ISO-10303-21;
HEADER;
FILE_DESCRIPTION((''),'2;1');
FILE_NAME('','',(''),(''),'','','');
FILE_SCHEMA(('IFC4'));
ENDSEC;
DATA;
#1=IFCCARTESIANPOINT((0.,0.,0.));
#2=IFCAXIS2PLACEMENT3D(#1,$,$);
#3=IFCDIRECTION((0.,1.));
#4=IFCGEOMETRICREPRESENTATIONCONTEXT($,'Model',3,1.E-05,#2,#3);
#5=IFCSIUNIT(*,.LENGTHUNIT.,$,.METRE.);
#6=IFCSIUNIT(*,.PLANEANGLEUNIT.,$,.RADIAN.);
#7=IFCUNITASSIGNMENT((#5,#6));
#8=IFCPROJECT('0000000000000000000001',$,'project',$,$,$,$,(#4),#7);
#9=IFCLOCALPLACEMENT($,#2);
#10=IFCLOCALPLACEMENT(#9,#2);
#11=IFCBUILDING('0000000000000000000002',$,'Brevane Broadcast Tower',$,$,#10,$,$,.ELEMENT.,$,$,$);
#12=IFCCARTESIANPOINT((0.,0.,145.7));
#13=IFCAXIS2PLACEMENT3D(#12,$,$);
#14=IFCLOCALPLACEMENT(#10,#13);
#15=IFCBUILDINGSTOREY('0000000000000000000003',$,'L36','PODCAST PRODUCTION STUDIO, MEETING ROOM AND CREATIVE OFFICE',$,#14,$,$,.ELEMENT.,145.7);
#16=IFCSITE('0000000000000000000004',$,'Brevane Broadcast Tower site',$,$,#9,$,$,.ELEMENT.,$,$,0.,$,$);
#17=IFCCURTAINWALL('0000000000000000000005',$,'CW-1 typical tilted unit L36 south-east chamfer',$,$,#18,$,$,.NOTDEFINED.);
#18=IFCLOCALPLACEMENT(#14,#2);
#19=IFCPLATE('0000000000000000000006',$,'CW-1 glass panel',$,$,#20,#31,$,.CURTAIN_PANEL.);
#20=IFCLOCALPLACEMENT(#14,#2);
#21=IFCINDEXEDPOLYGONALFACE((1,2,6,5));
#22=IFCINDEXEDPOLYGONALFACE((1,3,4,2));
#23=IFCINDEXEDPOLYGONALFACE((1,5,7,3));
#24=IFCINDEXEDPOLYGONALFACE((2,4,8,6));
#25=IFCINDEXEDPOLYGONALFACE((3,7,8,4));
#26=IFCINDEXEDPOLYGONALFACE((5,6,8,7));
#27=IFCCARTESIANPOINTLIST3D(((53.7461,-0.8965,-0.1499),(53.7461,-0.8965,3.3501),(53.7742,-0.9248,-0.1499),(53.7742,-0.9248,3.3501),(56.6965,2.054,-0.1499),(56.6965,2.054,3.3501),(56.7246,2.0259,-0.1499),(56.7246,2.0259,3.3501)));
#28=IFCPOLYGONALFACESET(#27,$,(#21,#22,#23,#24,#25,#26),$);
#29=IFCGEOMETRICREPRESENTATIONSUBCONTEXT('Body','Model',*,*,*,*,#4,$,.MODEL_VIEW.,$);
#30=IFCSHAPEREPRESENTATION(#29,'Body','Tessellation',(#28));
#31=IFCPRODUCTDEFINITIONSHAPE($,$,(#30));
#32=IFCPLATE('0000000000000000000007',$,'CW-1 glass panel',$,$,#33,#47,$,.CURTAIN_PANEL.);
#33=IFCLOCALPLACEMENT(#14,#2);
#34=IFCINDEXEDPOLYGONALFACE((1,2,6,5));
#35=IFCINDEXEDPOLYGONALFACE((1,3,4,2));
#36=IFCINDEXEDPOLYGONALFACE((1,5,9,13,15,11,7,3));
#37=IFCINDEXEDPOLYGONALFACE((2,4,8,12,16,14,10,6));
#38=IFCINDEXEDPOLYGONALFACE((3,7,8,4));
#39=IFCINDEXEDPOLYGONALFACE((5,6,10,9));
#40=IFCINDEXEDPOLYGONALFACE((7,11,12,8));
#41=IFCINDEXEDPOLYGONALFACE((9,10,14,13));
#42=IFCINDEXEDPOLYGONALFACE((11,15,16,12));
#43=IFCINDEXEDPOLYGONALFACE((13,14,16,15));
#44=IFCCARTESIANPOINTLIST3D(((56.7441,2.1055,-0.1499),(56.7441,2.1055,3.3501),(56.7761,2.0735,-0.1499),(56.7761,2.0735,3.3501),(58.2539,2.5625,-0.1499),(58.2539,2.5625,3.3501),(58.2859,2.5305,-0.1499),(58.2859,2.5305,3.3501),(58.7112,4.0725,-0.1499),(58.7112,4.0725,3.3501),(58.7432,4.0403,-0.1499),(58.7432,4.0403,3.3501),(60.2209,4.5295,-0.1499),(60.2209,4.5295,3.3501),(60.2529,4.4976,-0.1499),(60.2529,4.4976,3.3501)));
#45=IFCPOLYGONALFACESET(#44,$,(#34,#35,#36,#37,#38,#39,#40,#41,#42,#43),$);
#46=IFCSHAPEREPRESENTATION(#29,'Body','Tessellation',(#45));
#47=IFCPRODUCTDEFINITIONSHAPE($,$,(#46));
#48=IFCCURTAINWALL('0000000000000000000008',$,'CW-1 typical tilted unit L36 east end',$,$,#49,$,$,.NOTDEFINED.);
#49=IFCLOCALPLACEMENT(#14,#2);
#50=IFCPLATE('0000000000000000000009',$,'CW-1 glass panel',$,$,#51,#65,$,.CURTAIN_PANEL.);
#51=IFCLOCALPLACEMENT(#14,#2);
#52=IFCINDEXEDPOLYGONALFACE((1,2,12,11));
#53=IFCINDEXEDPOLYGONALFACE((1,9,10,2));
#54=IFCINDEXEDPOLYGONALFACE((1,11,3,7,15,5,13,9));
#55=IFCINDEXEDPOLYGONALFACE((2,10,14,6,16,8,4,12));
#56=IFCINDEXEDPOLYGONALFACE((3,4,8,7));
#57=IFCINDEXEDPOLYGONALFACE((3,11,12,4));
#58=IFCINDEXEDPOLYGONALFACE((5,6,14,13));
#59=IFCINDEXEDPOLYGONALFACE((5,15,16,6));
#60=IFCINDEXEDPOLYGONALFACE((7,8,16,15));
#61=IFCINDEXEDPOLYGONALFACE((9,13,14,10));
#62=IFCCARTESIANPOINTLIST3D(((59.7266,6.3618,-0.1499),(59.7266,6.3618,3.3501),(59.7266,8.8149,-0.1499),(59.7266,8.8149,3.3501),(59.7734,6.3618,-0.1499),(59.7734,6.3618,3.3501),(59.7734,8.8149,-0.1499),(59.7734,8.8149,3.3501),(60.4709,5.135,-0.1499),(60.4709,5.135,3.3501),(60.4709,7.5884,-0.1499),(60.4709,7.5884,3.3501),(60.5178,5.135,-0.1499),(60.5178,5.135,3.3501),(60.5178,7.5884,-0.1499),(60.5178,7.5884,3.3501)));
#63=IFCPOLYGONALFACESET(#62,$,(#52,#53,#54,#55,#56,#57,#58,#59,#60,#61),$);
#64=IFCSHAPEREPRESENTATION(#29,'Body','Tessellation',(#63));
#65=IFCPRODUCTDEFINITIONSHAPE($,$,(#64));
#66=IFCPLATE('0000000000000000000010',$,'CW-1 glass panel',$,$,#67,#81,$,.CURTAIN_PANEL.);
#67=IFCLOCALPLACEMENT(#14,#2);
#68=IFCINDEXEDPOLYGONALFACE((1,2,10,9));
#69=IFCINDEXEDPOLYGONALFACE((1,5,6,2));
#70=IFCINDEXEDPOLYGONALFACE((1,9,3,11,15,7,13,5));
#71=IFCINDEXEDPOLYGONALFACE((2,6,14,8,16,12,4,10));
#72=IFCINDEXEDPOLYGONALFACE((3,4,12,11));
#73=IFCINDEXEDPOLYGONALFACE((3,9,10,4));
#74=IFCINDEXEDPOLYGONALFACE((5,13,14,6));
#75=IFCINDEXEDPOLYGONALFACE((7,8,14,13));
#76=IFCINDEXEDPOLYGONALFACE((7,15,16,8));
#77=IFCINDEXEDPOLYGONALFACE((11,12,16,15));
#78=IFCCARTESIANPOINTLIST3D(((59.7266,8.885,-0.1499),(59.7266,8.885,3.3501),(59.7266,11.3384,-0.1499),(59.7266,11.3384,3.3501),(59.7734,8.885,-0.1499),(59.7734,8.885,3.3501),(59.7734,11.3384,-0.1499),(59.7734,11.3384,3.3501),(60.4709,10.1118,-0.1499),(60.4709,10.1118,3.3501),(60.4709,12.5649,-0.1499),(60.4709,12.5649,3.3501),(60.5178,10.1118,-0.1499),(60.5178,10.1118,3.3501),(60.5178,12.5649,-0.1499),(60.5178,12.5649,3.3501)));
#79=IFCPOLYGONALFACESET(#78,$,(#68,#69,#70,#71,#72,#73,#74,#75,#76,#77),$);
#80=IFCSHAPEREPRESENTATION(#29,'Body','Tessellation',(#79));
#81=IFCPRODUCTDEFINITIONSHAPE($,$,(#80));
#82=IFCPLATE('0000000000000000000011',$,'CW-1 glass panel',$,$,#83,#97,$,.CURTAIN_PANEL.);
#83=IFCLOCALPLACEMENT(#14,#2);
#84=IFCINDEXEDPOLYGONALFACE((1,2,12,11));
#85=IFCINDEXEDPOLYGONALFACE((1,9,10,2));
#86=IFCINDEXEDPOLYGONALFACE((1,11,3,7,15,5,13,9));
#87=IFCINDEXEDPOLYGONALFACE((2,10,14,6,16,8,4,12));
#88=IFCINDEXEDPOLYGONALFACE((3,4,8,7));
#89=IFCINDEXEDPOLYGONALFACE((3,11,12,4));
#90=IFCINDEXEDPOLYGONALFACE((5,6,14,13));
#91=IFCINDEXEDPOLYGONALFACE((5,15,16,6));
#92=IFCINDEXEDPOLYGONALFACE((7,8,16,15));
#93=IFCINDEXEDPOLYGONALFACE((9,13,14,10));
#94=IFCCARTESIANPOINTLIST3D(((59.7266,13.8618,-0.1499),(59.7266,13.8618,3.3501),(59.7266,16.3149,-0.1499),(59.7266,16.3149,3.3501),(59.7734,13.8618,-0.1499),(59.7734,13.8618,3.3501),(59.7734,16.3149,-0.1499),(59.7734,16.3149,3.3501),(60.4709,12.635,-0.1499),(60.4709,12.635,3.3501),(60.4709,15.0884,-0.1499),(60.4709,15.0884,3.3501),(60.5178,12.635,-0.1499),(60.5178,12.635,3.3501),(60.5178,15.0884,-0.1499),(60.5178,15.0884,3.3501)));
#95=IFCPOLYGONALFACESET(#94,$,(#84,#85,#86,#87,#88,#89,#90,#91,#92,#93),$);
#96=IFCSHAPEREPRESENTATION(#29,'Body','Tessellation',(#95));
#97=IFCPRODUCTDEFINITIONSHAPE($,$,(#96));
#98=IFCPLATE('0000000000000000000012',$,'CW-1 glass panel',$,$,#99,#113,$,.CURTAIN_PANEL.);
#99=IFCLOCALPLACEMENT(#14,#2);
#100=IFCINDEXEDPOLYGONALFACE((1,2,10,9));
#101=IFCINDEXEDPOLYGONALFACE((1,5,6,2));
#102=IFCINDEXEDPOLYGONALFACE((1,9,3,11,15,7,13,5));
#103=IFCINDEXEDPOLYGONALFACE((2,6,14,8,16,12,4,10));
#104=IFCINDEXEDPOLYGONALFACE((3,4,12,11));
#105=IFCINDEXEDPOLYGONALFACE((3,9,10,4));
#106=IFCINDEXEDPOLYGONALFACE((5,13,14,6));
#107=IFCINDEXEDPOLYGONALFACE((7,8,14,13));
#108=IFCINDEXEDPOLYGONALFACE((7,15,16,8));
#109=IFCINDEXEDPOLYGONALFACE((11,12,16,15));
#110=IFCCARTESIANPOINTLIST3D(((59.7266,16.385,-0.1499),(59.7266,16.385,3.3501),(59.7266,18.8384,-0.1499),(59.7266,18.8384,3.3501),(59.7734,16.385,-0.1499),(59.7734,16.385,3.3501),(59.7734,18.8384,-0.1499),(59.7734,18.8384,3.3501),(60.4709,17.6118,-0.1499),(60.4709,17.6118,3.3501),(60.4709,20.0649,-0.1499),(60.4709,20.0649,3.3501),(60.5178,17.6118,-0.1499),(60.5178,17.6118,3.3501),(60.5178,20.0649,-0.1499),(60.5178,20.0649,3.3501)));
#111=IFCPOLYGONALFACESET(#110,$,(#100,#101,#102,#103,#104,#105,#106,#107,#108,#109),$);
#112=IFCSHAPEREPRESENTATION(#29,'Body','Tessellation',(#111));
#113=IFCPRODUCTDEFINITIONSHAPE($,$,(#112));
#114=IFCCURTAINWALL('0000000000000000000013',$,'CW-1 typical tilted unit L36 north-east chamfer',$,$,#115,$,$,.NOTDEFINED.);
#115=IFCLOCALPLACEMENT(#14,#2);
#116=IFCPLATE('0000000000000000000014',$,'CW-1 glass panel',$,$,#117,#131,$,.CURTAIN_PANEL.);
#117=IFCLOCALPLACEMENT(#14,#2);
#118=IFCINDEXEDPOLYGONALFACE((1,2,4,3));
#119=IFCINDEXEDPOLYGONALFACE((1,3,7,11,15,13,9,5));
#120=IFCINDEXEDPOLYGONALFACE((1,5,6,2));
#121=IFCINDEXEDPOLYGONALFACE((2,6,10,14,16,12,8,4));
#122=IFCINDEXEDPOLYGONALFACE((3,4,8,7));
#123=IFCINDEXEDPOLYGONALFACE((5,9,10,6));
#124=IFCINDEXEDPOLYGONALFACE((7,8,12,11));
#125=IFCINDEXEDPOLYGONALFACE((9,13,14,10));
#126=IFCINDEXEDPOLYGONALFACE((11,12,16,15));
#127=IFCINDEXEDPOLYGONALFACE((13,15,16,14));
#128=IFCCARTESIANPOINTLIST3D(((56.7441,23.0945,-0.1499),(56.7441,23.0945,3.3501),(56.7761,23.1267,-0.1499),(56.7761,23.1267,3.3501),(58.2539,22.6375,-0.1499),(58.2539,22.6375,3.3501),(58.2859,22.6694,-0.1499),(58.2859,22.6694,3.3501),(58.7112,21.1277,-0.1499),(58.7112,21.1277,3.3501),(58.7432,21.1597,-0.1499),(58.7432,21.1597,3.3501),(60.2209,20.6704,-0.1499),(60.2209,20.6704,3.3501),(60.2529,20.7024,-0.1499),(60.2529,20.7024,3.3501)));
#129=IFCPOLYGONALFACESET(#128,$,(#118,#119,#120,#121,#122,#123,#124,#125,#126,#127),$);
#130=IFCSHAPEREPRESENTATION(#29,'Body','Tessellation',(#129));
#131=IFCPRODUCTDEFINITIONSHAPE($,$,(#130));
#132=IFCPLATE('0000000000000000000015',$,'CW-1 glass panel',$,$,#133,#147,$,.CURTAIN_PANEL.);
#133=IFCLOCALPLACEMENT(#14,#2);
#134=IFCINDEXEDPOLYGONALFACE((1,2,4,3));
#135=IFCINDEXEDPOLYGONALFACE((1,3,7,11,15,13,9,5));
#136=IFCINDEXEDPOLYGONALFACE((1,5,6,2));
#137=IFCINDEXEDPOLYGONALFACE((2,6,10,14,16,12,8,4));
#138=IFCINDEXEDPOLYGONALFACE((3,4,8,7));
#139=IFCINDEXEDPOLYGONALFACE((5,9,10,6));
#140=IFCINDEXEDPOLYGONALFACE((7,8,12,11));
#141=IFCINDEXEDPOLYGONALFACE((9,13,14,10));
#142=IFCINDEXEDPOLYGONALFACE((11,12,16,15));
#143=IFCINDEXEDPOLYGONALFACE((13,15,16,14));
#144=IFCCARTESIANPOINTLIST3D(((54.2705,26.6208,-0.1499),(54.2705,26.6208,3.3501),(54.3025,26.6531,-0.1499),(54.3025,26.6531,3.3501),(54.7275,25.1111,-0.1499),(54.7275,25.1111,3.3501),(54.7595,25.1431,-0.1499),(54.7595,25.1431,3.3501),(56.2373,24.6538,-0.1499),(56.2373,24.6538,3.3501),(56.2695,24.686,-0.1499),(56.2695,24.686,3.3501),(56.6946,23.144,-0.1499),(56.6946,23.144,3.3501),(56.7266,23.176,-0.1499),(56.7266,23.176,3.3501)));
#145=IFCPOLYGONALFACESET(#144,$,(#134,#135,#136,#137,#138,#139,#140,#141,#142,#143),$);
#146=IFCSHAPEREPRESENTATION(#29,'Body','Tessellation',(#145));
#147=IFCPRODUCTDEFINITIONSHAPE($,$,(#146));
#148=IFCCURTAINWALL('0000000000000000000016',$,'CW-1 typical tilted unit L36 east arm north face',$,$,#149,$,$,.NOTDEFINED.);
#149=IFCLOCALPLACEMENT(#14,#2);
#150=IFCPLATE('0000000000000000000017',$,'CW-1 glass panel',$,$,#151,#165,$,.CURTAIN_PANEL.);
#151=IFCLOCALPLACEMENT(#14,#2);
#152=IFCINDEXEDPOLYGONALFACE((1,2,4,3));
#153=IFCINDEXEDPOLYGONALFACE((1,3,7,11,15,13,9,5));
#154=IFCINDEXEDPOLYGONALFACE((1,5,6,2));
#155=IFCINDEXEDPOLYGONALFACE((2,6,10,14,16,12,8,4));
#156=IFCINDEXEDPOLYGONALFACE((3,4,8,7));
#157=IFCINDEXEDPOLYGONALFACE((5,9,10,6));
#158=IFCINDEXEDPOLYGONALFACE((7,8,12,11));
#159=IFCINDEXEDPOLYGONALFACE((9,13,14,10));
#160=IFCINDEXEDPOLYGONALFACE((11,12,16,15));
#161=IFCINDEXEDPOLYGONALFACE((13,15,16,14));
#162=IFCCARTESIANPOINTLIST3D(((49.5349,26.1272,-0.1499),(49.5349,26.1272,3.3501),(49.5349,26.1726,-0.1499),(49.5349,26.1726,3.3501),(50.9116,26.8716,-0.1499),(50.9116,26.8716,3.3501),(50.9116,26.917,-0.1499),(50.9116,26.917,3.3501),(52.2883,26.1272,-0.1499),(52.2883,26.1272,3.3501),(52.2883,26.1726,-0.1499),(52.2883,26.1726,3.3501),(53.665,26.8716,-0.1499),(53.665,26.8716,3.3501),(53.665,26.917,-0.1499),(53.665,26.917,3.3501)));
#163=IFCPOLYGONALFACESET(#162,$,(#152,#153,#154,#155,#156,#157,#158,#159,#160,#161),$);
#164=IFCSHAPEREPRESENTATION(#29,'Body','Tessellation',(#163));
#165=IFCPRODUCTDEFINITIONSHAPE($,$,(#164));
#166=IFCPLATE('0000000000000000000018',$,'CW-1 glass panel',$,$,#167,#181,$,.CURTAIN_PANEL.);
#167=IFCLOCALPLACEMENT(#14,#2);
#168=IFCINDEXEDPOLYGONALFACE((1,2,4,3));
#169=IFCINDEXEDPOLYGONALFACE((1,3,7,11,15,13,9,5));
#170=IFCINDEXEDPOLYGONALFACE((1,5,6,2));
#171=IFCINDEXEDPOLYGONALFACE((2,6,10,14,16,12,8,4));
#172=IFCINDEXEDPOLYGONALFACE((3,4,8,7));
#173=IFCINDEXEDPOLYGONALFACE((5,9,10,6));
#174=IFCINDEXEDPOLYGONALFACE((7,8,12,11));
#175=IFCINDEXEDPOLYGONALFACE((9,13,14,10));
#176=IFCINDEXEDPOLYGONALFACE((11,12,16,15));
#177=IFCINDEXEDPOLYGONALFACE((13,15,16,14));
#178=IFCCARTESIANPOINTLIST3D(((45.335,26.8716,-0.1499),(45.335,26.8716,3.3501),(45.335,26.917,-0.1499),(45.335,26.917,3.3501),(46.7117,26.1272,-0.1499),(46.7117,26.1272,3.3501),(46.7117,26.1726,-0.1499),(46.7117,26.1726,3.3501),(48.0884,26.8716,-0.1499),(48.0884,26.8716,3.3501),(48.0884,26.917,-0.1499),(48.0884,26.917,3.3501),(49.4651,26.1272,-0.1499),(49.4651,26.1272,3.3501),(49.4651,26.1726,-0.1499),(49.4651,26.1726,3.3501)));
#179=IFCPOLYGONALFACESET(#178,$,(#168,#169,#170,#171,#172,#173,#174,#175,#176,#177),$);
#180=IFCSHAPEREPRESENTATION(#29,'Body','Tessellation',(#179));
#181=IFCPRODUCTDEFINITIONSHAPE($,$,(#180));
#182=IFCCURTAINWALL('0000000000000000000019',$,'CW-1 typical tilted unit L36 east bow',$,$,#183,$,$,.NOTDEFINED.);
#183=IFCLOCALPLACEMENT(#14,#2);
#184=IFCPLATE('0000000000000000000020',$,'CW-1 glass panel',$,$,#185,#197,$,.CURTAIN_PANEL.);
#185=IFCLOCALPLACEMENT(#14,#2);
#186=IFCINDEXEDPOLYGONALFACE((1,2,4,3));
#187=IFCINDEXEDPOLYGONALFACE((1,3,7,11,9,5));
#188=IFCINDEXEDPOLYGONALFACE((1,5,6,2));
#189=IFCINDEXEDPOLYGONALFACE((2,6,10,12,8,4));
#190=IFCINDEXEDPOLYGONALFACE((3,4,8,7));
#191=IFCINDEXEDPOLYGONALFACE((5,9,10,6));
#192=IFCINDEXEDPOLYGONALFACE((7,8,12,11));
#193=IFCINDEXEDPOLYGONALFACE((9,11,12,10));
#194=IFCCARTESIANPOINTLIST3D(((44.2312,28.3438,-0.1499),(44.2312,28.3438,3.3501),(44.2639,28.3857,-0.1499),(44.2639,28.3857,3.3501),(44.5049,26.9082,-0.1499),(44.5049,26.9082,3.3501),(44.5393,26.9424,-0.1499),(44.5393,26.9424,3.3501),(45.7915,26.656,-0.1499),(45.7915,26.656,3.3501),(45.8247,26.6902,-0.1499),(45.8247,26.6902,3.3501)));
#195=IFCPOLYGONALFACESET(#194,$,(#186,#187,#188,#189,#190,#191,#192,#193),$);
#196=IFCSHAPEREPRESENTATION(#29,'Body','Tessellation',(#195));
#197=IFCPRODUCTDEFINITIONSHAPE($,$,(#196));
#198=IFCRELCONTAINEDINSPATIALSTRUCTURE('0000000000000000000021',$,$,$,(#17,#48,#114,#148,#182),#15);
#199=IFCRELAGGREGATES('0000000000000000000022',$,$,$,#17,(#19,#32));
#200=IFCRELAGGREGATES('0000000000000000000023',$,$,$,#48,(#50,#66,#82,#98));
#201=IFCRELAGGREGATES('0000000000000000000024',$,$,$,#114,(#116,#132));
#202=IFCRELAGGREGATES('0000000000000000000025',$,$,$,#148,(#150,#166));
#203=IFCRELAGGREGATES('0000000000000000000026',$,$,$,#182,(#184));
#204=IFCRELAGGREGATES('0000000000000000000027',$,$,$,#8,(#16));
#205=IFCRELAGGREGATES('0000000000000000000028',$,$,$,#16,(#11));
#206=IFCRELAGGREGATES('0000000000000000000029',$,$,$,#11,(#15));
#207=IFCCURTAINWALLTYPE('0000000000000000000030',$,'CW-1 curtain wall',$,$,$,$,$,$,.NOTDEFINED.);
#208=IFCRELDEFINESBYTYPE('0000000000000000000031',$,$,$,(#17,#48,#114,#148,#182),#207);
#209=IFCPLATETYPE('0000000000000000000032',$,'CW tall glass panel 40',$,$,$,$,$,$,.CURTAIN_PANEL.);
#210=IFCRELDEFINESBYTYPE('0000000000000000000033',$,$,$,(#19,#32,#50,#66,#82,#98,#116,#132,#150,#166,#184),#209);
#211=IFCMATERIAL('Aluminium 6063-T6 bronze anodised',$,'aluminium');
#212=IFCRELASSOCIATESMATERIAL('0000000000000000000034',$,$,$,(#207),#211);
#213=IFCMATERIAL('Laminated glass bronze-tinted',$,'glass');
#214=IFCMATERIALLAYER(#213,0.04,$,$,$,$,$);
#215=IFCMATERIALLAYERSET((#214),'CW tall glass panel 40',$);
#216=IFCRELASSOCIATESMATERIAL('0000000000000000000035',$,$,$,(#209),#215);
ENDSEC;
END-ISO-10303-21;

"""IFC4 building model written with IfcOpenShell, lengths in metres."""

from ifc_helpers import new_model, si_unit, direction, frame, origin, place, context, subcontext, project, spatial, polyline, outline, extrude, material, layer, layer_set, type_object, element, aggregate, save


model = new_model("IFC4")

# Units and contexts
model_context = context("Model", 3, precision=1e-05, world=origin(), true_north=direction((0.0, 1.0)))
body_context = subcontext(model_context, "Body", "Model", "MODEL_VIEW")
ifc_project = project(units=[si_unit("LENGTHUNIT", "METRE"), si_unit("PLANEANGLEUNIT", "RADIAN")], contexts=[model_context])

# Site, building, storey
site_placement = place(None, origin())
site = spatial("IfcSite", under=ifc_project, at=site_placement, Name="Brevane Broadcast Tower site", CompositionType="ELEMENT", RefElevation=0.0)
building_placement = place(site_placement, origin())
building = spatial("IfcBuilding", under=site, at=building_placement, Name="Brevane Broadcast Tower", CompositionType="ELEMENT")
storey_placement = place(building_placement, frame((0.0, 0.0, 145.7)))
storey = spatial("IfcBuildingStorey", under=building, at=storey_placement, Name="L36", Description="PODCAST PRODUCTION STUDIO, MEETING ROOM AND CREATIVE OFFICE", CompositionType="ELEMENT", Elevation=145.7)

# Curtain walls, plates
ifc_material_1 = material(Name="Aluminium 6063-T6 bronze anodised", Category="aluminium")
curtain_wall_type = type_object("IfcCurtainWallType", Name="CW-1 curtain wall", PredefinedType="NOTDEFINED", material=ifc_material_1)
ifc_material_2 = material(Name="Laminated glass bronze-tinted", Category="glass")
ifc_layer = layer(ifc_material_2, 0.04)
ifc_layer_set = layer_set([ifc_layer], Name="CW tall glass panel 40")
plate_type = type_object("IfcPlateType", Name="CW tall glass panel 40", PredefinedType="CURTAIN_PANEL", material=ifc_layer_set)
curtain_wall_1_placement = place(storey_placement, origin())
curtain_wall_1 = element("IfcCurtainWall", 1, at=curtain_wall_1_placement, inside=storey, type_object=curtain_wall_type, Name="CW-1 typical tilted unit L36 south-east chamfer", PredefinedType="NOTDEFINED")
plate_1_placement = place(storey_placement, frame((0.0, 0.0, -0.1499)))
plate_1 = element("IfcPlate", 2, at=plate_1_placement, type_object=plate_type, Name="CW-1 glass panel", PredefinedType="CURTAIN_PANEL", context=body_context, shape_type="SweptSolid", body=[
    extrude(outline(polyline([(53.7461, -0.8965), (56.6965, 2.054), (56.7246, 2.0259), (53.7742, -0.9248), (53.7461, -0.8965)])), origin(), (0.0, 0.0, 1.0), 3.5),
])
plate_2_placement = place(storey_placement, frame((0.0, 0.0, -0.1499)))
plate_2 = element("IfcPlate", 3, at=plate_2_placement, type_object=plate_type, Name="CW-1 glass panel", PredefinedType="CURTAIN_PANEL", context=body_context, shape_type="SweptSolid", body=[
    extrude(outline(polyline([(56.7441, 2.1055), (56.7761, 2.0735), (58.2859, 2.5305), (58.7432, 4.0403), (60.2529, 4.4976), (60.2209, 4.5295), (58.7112, 4.0725), (58.2539, 2.5625), (56.7441, 2.1055)])), origin(), (0.0, 0.0, 1.0), 3.5),
])
aggregate(curtain_wall_1, [plate_1, plate_2])
curtain_wall_2_placement = place(storey_placement, origin())
curtain_wall_2 = element("IfcCurtainWall", 4, at=curtain_wall_2_placement, inside=storey, type_object=curtain_wall_type, Name="CW-1 typical tilted unit L36 east end", PredefinedType="NOTDEFINED")
plate_3_placement = place(storey_placement, frame((0.0, 0.0, -0.1499)))
plate_3 = element("IfcPlate", 5, at=plate_3_placement, type_object=plate_type, Name="CW-1 glass panel", PredefinedType="CURTAIN_PANEL", context=body_context, shape_type="SweptSolid", body=[
    extrude(outline(polyline([(60.4709, 5.135), (60.5178, 5.135), (59.7734, 6.3618), (60.5178, 7.5884), (59.7734, 8.8149), (59.7266, 8.8149), (60.4709, 7.5884), (59.7266, 6.3618), (60.4709, 5.135)])), origin(), (0.0, 0.0, 1.0), 3.5),
])
plate_4_placement = place(storey_placement, frame((0.0, 0.0, -0.1499)))
plate_4 = element("IfcPlate", 6, at=plate_4_placement, type_object=plate_type, Name="CW-1 glass panel", PredefinedType="CURTAIN_PANEL", context=body_context, shape_type="SweptSolid", body=[
    extrude(outline(polyline([(59.7266, 8.885), (59.7734, 8.885), (60.5178, 10.1118), (59.7734, 11.3384), (60.5178, 12.5649), (60.4709, 12.5649), (59.7266, 11.3384), (60.4709, 10.1118), (59.7266, 8.885)])), origin(), (0.0, 0.0, 1.0), 3.5),
])
plate_5_placement = place(storey_placement, frame((0.0, 0.0, -0.1499)))
plate_5 = element("IfcPlate", 7, at=plate_5_placement, type_object=plate_type, Name="CW-1 glass panel", PredefinedType="CURTAIN_PANEL", context=body_context, shape_type="SweptSolid", body=[
    extrude(outline(polyline([(60.4709, 12.635), (60.5178, 12.635), (59.7734, 13.8618), (60.5178, 15.0884), (59.7734, 16.3149), (59.7266, 16.3149), (60.4709, 15.0884), (59.7266, 13.8618), (60.4709, 12.635)])), origin(), (0.0, 0.0, 1.0), 3.5),
])
plate_6_placement = place(storey_placement, frame((0.0, 0.0, -0.1499)))
plate_6 = element("IfcPlate", 8, at=plate_6_placement, type_object=plate_type, Name="CW-1 glass panel", PredefinedType="CURTAIN_PANEL", context=body_context, shape_type="SweptSolid", body=[
    extrude(outline(polyline([(59.7266, 16.385), (59.7734, 16.385), (60.5178, 17.6118), (59.7734, 18.8384), (60.5178, 20.0649), (60.4709, 20.0649), (59.7266, 18.8384), (60.4709, 17.6118), (59.7266, 16.385)])), origin(), (0.0, 0.0, 1.0), 3.5),
])
aggregate(curtain_wall_2, [plate_3, plate_4, plate_5, plate_6])
curtain_wall_3_placement = place(storey_placement, origin())
curtain_wall_3 = element("IfcCurtainWall", 9, at=curtain_wall_3_placement, inside=storey, type_object=curtain_wall_type, Name="CW-1 typical tilted unit L36 north-east chamfer", PredefinedType="NOTDEFINED")
plate_7_placement = place(storey_placement, frame((0.0, 0.0, -0.1499)))
plate_7 = element("IfcPlate", 10, at=plate_7_placement, type_object=plate_type, Name="CW-1 glass panel", PredefinedType="CURTAIN_PANEL", context=body_context, shape_type="SweptSolid", body=[
    extrude(outline(polyline([(60.2209, 20.6704), (60.2529, 20.7024), (58.7432, 21.1597), (58.2859, 22.6694), (56.7761, 23.1267), (56.7441, 23.0945), (58.2539, 22.6375), (58.7112, 21.1277), (60.2209, 20.6704)])), origin(), (0.0, 0.0, 1.0), 3.5),
])
plate_8_placement = place(storey_placement, frame((0.0, 0.0, -0.1499)))
plate_8 = element("IfcPlate", 11, at=plate_8_placement, type_object=plate_type, Name="CW-1 glass panel", PredefinedType="CURTAIN_PANEL", context=body_context, shape_type="SweptSolid", body=[
    extrude(outline(polyline([(56.6946, 23.144), (56.7266, 23.176), (56.2695, 24.686), (54.7595, 25.1431), (54.3025, 26.6531), (54.2705, 26.6208), (54.7275, 25.1111), (56.2373, 24.6538), (56.6946, 23.144)])), origin(), (0.0, 0.0, 1.0), 3.5),
])
aggregate(curtain_wall_3, [plate_7, plate_8])
curtain_wall_4_placement = place(storey_placement, origin())
curtain_wall_4 = element("IfcCurtainWall", 12, at=curtain_wall_4_placement, inside=storey, type_object=curtain_wall_type, Name="CW-1 typical tilted unit L36 east arm north face", PredefinedType="NOTDEFINED")
plate_9_placement = place(storey_placement, frame((0.0, 0.0, -0.1499)))
plate_9 = element("IfcPlate", 13, at=plate_9_placement, type_object=plate_type, Name="CW-1 glass panel", PredefinedType="CURTAIN_PANEL", context=body_context, shape_type="SweptSolid", body=[
    extrude(outline(polyline([(53.665, 26.8716), (53.665, 26.917), (52.2883, 26.1726), (50.9116, 26.917), (49.5349, 26.1726), (49.5349, 26.1272), (50.9116, 26.8716), (52.2883, 26.1272), (53.665, 26.8716)])), origin(), (0.0, 0.0, 1.0), 3.5),
])
plate_10_placement = place(storey_placement, frame((0.0, 0.0, -0.1499)))
plate_10 = element("IfcPlate", 14, at=plate_10_placement, type_object=plate_type, Name="CW-1 glass panel", PredefinedType="CURTAIN_PANEL", context=body_context, shape_type="SweptSolid", body=[
    extrude(outline(polyline([(49.4651, 26.1272), (49.4651, 26.1726), (48.0884, 26.917), (46.7117, 26.1726), (45.335, 26.917), (45.335, 26.8716), (46.7117, 26.1272), (48.0884, 26.8716), (49.4651, 26.1272)])), origin(), (0.0, 0.0, 1.0), 3.5),
])
aggregate(curtain_wall_4, [plate_9, plate_10])
curtain_wall_5_placement = place(storey_placement, origin())
curtain_wall_5 = element("IfcCurtainWall", 15, at=curtain_wall_5_placement, inside=storey, type_object=curtain_wall_type, Name="CW-1 typical tilted unit L36 east bow", PredefinedType="NOTDEFINED")
plate_11_placement = place(storey_placement, frame((0.0, 0.0, -0.1499)))
plate_11 = element("IfcPlate", 16, at=plate_11_placement, type_object=plate_type, Name="CW-1 glass panel", PredefinedType="CURTAIN_PANEL", context=body_context, shape_type="SweptSolid", body=[
    extrude(outline(polyline([(45.7915, 26.656), (45.8247, 26.6902), (44.5393, 26.9424), (44.2639, 28.3857), (44.2312, 28.3438), (44.5049, 26.9082), (45.7915, 26.656)])), origin(), (0.0, 0.0, 1.0), 3.5),
])
aggregate(curtain_wall_5, [plate_11])

save(model, "model.ifc")
